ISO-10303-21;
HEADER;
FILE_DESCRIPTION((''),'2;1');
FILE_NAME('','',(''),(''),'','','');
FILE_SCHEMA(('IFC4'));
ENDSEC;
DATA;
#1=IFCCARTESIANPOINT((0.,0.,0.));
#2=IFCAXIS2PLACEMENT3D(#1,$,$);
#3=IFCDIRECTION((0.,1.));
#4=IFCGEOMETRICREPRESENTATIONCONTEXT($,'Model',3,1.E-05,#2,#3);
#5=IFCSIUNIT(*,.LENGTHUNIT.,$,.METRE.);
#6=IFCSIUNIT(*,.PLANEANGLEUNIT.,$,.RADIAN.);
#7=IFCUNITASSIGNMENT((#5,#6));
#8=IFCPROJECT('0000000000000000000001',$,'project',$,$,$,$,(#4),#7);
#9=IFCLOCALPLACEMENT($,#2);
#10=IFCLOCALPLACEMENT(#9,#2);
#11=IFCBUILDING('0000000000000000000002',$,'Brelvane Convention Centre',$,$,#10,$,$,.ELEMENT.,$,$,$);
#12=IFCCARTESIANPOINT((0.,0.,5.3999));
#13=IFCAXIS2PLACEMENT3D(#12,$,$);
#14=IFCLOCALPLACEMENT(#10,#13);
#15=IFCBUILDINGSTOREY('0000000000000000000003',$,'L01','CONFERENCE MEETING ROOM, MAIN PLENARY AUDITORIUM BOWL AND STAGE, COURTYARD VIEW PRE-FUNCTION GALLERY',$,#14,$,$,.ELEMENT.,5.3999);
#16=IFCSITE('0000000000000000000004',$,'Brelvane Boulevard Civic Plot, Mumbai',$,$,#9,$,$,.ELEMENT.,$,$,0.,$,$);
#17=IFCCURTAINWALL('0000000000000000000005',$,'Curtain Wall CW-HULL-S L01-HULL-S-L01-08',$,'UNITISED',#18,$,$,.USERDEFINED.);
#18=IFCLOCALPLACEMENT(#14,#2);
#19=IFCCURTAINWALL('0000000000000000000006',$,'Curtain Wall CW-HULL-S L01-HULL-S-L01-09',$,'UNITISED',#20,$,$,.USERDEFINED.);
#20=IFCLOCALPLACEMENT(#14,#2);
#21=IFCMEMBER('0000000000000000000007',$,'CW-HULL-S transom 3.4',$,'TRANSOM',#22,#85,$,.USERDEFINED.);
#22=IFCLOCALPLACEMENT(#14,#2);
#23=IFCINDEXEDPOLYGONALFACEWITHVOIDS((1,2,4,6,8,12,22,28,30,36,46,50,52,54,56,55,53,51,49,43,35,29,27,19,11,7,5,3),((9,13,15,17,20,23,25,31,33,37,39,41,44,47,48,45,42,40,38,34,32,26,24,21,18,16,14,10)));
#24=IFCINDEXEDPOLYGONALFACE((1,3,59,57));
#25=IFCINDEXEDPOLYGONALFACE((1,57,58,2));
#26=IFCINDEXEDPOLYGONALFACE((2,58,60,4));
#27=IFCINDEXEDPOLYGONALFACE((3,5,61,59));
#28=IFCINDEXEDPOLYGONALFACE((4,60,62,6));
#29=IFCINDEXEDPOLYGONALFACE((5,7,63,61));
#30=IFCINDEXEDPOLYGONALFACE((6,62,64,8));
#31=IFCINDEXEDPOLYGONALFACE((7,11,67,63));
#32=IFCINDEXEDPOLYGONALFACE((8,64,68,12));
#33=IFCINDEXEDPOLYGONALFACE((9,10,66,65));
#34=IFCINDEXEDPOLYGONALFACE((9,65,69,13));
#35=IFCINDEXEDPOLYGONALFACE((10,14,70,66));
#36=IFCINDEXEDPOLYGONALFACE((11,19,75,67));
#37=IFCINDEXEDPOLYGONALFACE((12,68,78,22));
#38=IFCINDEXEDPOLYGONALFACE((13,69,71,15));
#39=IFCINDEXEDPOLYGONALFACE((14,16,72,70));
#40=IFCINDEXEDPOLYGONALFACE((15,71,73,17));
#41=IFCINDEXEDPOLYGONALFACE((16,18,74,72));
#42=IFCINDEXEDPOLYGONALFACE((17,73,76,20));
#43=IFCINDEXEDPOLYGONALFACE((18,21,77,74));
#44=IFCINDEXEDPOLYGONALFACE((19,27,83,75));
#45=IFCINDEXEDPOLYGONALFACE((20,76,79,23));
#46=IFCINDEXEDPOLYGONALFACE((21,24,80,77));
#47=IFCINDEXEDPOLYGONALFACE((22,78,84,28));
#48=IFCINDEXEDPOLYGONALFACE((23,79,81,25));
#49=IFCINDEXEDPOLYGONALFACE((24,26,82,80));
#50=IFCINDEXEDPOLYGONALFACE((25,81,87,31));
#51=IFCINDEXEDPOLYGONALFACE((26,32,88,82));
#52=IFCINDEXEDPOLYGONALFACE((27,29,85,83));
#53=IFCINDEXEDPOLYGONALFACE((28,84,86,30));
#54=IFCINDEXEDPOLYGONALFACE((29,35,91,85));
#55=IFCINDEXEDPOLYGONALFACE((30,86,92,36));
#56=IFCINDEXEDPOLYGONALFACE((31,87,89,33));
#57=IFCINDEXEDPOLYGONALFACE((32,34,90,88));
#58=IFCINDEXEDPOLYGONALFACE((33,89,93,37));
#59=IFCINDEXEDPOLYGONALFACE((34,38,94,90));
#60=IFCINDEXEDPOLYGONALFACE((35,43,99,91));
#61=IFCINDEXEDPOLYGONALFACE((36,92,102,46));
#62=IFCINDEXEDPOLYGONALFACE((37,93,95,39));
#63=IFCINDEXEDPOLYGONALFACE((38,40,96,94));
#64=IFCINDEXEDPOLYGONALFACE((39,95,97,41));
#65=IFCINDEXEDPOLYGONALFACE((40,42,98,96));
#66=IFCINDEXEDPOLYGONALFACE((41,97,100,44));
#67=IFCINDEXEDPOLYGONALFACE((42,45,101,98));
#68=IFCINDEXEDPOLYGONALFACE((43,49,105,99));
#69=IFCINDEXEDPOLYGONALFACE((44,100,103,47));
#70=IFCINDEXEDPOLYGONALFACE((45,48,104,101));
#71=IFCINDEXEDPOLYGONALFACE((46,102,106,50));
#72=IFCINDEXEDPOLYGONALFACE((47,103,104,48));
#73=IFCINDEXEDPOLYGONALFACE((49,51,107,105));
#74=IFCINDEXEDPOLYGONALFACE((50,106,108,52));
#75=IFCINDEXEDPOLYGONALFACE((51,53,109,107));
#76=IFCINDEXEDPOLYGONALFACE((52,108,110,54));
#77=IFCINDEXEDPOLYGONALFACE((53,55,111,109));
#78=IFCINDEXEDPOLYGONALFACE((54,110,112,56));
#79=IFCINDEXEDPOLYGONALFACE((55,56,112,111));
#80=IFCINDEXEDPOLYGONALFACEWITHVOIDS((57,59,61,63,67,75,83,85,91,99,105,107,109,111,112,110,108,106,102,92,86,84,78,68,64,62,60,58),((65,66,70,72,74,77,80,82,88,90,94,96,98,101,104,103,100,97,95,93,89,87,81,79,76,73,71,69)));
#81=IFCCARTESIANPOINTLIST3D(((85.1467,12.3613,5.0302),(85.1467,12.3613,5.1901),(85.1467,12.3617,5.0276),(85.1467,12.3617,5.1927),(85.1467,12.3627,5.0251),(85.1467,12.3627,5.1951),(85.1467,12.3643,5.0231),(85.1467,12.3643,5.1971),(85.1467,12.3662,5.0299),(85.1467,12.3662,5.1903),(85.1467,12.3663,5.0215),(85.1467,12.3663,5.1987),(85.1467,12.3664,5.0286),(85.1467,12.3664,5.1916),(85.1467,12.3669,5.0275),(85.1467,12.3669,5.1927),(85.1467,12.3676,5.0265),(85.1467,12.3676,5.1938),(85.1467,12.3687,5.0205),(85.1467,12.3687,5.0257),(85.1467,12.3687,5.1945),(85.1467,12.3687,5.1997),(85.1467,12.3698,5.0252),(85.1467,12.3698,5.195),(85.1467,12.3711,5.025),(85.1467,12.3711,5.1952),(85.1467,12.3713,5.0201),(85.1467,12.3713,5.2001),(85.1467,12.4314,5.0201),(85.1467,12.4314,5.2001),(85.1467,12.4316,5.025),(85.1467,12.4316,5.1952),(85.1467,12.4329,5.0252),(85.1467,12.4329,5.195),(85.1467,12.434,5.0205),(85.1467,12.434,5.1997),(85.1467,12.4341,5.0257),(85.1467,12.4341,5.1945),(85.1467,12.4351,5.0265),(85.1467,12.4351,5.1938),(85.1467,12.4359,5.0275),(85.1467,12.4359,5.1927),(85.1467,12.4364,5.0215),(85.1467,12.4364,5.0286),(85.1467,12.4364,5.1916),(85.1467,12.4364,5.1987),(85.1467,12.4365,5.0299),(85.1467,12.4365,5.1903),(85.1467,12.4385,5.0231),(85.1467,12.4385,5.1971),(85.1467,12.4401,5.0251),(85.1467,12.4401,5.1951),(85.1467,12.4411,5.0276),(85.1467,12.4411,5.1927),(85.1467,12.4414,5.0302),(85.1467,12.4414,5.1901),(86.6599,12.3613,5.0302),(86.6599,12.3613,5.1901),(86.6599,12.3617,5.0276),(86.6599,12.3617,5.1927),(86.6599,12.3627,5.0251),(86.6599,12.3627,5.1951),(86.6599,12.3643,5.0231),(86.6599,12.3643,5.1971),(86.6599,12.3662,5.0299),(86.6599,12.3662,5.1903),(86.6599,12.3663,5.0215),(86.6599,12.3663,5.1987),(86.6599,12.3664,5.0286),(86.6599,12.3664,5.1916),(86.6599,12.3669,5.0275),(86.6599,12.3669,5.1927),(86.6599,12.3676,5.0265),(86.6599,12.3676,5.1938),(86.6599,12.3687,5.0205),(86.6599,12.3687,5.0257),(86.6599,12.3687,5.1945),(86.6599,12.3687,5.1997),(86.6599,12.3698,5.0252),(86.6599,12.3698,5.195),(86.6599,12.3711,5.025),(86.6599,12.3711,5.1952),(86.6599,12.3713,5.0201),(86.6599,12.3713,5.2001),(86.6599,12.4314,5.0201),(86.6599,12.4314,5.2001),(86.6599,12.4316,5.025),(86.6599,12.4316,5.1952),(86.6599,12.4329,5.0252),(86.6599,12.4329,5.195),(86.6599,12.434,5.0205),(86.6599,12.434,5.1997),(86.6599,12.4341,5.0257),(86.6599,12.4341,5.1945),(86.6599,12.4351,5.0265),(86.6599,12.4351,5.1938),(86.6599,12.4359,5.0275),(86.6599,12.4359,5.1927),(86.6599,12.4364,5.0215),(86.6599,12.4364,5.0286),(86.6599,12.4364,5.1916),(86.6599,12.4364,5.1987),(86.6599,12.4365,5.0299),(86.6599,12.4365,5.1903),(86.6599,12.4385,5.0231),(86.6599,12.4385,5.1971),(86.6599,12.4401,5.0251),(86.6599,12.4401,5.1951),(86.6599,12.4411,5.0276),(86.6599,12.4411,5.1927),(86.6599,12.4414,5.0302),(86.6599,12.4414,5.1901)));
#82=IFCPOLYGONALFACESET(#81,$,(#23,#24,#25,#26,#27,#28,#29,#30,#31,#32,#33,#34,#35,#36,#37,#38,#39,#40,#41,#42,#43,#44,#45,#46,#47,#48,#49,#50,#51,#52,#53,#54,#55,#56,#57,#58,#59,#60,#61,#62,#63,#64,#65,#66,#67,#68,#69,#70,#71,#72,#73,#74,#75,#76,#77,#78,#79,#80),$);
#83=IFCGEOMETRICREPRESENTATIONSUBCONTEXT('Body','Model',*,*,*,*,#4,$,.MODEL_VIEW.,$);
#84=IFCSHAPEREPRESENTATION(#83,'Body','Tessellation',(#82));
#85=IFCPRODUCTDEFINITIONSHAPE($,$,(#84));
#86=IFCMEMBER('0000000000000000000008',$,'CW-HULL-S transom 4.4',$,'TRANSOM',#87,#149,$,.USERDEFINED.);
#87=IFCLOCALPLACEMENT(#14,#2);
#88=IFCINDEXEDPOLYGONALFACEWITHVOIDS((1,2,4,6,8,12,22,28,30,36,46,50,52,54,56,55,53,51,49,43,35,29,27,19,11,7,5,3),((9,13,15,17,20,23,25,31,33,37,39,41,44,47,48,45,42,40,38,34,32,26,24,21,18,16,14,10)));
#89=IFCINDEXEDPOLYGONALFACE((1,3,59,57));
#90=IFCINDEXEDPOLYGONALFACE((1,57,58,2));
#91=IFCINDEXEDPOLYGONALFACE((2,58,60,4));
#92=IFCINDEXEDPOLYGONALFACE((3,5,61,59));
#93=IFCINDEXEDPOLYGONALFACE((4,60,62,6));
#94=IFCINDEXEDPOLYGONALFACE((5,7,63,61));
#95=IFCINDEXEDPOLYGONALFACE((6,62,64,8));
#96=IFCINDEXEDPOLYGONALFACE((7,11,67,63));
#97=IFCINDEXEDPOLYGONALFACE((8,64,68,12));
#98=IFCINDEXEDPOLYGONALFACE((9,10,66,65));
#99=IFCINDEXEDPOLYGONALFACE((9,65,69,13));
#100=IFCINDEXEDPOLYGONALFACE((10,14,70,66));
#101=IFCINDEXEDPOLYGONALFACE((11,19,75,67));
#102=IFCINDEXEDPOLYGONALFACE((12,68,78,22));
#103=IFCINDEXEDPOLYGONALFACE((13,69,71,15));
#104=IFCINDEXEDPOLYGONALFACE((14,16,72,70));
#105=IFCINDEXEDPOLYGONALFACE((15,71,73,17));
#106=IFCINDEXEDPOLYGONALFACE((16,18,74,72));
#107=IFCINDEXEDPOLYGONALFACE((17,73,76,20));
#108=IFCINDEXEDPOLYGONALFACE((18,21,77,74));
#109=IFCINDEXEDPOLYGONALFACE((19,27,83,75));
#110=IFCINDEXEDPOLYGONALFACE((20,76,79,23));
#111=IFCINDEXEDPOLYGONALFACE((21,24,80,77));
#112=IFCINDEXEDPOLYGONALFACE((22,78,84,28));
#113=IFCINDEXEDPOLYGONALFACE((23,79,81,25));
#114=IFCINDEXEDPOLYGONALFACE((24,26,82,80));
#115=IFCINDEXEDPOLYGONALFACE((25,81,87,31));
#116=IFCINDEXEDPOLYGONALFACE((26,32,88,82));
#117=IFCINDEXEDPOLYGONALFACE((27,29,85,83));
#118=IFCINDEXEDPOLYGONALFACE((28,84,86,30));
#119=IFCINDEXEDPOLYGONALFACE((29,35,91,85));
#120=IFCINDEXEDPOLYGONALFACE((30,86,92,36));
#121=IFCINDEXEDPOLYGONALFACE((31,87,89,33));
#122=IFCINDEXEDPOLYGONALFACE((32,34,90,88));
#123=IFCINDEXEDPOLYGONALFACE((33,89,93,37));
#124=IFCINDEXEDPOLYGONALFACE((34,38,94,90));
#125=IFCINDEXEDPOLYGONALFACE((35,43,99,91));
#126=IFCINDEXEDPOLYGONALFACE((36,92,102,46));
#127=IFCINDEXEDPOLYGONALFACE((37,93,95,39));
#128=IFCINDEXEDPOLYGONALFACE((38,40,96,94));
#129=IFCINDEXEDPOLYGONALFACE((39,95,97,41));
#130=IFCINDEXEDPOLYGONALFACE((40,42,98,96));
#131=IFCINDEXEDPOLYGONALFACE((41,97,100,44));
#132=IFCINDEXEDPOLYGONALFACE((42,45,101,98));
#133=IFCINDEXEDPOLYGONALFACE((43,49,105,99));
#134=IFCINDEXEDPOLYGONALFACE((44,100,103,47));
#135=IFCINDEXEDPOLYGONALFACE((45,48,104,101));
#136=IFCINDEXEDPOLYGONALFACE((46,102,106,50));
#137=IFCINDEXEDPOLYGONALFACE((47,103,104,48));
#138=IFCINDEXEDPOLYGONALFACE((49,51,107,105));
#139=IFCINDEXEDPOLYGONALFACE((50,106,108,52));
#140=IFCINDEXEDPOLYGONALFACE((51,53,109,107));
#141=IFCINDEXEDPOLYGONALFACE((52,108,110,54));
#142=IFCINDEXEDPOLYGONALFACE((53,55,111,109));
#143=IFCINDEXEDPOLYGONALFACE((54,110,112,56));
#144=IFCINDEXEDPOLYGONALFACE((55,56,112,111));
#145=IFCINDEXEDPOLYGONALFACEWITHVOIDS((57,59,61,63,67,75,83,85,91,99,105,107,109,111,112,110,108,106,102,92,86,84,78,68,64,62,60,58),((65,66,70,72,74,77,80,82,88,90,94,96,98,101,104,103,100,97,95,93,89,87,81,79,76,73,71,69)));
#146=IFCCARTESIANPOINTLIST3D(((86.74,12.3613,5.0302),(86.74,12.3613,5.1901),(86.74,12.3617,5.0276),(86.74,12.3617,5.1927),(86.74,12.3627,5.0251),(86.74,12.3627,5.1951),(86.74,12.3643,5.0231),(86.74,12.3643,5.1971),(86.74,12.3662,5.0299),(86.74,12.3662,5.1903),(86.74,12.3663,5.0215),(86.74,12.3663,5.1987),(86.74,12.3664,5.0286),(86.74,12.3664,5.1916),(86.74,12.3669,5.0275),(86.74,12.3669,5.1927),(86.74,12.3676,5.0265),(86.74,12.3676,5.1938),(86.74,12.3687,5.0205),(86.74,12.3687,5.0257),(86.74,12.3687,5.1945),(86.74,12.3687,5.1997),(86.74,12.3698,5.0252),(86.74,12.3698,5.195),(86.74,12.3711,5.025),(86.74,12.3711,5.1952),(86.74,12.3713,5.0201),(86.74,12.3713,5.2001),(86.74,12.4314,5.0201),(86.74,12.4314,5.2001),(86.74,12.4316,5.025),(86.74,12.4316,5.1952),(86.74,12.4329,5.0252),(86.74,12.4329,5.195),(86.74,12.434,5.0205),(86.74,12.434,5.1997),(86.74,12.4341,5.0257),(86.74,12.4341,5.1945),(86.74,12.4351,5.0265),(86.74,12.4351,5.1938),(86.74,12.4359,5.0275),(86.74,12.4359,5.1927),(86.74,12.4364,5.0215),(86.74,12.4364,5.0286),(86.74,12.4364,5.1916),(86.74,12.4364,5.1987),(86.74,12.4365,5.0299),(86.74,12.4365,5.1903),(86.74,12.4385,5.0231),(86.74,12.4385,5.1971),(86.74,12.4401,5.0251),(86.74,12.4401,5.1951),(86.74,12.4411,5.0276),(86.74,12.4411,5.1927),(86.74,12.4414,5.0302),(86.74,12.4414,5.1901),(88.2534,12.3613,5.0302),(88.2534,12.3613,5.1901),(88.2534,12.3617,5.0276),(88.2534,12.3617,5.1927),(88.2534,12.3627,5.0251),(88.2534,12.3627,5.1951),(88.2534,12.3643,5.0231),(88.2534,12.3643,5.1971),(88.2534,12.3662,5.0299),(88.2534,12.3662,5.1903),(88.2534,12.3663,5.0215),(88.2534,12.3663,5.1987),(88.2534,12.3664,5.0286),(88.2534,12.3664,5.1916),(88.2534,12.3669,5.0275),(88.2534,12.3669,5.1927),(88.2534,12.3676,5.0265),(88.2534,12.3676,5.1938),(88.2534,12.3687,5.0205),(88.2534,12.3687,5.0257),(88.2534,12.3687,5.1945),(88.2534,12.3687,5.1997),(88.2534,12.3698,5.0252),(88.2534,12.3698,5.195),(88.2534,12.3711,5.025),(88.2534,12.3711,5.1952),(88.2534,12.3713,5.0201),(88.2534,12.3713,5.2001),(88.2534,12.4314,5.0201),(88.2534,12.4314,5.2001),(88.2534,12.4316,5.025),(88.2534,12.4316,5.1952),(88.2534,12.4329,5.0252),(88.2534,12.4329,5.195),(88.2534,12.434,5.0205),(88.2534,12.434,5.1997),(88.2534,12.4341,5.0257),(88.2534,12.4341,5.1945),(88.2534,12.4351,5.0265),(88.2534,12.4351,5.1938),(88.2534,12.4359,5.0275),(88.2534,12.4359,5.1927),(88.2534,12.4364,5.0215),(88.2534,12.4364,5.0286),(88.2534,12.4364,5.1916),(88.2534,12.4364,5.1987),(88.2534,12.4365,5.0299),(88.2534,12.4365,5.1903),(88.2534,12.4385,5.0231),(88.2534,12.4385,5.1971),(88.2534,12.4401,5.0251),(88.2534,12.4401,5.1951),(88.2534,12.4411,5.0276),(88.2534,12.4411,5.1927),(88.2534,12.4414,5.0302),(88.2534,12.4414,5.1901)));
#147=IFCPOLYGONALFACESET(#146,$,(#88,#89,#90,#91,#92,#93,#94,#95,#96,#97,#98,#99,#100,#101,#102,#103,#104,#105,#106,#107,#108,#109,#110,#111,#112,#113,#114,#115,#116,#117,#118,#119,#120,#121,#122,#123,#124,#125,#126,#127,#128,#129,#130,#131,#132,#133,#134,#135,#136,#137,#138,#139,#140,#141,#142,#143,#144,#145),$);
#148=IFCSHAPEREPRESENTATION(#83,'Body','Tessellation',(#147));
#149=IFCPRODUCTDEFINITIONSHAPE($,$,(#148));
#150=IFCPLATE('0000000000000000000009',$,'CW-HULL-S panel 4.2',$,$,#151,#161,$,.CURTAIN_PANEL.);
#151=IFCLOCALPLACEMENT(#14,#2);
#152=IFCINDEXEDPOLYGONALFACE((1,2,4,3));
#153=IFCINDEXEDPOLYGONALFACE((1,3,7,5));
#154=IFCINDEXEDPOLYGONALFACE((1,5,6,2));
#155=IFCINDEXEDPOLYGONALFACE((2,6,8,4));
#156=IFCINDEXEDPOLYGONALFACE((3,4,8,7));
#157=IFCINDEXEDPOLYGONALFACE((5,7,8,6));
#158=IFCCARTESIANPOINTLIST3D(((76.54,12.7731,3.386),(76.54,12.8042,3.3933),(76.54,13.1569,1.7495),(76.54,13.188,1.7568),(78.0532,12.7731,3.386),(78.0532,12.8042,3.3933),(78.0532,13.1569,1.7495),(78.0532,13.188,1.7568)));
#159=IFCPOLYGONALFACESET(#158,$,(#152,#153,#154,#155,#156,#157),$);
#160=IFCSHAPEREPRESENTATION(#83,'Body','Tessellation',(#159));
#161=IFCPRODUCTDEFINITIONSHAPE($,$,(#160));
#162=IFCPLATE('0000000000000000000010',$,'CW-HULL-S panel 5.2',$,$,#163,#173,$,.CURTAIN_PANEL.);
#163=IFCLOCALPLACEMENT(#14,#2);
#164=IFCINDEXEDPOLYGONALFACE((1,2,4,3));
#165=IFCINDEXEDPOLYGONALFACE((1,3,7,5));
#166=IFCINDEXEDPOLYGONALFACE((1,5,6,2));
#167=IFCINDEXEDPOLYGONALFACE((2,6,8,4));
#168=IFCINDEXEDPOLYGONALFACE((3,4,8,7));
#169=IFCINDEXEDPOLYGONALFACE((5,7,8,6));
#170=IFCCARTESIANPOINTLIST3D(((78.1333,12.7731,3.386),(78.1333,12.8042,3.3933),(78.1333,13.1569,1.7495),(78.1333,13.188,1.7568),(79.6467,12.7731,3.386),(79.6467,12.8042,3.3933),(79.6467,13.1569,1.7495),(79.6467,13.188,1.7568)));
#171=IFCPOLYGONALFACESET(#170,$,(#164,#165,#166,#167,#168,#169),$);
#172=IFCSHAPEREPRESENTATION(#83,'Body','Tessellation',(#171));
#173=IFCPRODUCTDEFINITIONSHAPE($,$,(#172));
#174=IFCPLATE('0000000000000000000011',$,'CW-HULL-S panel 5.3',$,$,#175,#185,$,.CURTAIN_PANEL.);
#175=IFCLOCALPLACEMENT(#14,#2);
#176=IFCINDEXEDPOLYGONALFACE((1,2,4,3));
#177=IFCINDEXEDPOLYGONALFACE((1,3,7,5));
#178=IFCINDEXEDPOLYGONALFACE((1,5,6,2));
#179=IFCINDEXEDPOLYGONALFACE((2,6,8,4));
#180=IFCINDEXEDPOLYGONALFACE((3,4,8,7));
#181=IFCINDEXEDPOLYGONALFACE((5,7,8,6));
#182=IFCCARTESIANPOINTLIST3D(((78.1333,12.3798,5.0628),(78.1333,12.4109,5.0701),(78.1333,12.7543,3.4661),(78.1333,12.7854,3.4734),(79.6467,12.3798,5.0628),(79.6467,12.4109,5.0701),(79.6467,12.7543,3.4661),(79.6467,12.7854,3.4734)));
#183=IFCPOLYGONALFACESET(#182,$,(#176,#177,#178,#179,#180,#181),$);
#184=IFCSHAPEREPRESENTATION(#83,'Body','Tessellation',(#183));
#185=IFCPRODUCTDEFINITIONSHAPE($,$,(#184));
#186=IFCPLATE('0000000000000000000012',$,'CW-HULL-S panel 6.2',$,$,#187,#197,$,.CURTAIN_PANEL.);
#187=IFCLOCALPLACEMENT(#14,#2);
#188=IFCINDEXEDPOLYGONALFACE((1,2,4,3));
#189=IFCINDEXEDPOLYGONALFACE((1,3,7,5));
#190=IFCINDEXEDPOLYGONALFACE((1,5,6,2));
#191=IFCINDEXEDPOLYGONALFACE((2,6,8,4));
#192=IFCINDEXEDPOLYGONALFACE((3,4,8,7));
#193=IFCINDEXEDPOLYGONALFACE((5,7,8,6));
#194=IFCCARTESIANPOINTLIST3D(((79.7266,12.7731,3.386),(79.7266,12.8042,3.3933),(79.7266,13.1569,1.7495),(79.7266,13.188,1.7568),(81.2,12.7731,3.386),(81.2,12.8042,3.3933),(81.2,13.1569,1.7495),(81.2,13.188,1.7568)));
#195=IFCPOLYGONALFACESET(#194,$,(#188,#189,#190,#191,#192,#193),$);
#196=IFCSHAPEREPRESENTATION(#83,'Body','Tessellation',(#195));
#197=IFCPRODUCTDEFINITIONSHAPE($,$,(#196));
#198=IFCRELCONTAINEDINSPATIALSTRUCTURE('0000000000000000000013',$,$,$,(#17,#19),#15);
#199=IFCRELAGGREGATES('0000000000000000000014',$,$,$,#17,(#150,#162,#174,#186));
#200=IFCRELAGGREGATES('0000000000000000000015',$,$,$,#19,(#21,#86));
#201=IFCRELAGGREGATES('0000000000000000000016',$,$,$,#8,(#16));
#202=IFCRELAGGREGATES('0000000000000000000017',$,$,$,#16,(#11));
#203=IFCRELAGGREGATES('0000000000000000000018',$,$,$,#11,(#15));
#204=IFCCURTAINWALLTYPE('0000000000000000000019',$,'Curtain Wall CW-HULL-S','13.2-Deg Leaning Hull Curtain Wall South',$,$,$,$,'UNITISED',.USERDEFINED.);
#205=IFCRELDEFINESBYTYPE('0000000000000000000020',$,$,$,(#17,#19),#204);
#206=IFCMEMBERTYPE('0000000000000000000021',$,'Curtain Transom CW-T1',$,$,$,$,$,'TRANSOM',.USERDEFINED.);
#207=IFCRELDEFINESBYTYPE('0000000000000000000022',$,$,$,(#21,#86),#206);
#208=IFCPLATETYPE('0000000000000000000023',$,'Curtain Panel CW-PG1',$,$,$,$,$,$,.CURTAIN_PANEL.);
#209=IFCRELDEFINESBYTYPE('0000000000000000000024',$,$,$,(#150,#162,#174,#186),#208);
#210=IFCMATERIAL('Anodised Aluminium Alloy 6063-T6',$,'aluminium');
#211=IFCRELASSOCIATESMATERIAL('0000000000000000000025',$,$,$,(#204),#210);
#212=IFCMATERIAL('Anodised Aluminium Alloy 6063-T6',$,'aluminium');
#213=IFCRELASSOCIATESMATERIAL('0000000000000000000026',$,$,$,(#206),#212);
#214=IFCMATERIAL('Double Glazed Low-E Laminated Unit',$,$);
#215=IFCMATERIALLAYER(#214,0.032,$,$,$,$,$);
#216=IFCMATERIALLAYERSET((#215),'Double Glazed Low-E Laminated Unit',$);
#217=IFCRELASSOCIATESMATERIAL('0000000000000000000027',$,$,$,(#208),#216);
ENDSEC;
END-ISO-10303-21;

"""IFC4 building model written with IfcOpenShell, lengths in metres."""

from ifc_helpers import new_model, si_unit, direction, frame, origin, origin_2d, place, context, subcontext, project, spatial, polyline, hollow_rectangle, outline, extrude, material, layer, layer_set, material_profile, profile_set, type_object, element, aggregate, save


model = new_model("IFC4")

# Units and contexts
model_context = context("Model", 3, precision=1e-05, world=origin(), true_north=direction((0.0, 1.0)))
body_context = subcontext(model_context, "Body", "Model", "MODEL_VIEW")
ifc_project = project(units=[si_unit("LENGTHUNIT", "METRE"), si_unit("PLANEANGLEUNIT", "RADIAN")], contexts=[model_context])

# Site, building, storey
site_placement = place(None, origin())
site = spatial("IfcSite", under=ifc_project, at=site_placement, Name="Brelvane Boulevard Civic Plot, Mumbai", CompositionType="ELEMENT", RefElevation=0.0)
building_placement = place(site_placement, origin())
building = spatial("IfcBuilding", under=site, at=building_placement, Name="Brelvane Convention Centre", CompositionType="ELEMENT")
storey_placement = place(building_placement, frame((0.0, 0.0, 5.3999)))
storey = spatial("IfcBuildingStorey", under=building, at=storey_placement, Name="L01", Description="CONFERENCE MEETING ROOM, MAIN PLENARY AUDITORIUM BOWL AND STAGE, COURTYARD VIEW PRE-FUNCTION GALLERY", CompositionType="ELEMENT", Elevation=5.3999)

# Curtain walls, members
ifc_material_1 = material(Name="Anodised Aluminium Alloy 6063-T6", Category="aluminium")
curtain_wall_type = type_object("IfcCurtainWallType", Name="Curtain Wall CW-HULL-S", Description="13.2-Deg Leaning Hull Curtain Wall South", ElementType="UNITISED", PredefinedType="USERDEFINED", material=ifc_material_1)
curtain_wall_1_placement = place(storey_placement, origin())
curtain_wall_1 = element("IfcCurtainWall", 1, at=curtain_wall_1_placement, inside=storey, type_object=curtain_wall_type, Name="Curtain Wall CW-HULL-S L01-HULL-S-L01-08", ObjectType="UNITISED", PredefinedType="USERDEFINED")
ifc_material_2 = material(Name="Anodised Aluminium Alloy 6063-T6", Category="aluminium")
ifc_material_profile = material_profile(ifc_material_2, hollow_rectangle(XDim=0.0801, YDim=0.1799, WallThickness=0.0049, InnerFilletRadius=0.0049, OuterFilletRadius=0.01, at=origin_2d()), Name="ALU-T 180x80x5.0")
ifc_profile_set = profile_set([ifc_material_profile], Name="Anodised Aluminium Alloy 6063-T6")
member_type = type_object("IfcMemberType", Name="Curtain Transom CW-T1", ElementType="TRANSOM", PredefinedType="USERDEFINED", material=ifc_profile_set)
curtain_wall_2_placement = place(storey_placement, origin())
curtain_wall_2 = element("IfcCurtainWall", 2, at=curtain_wall_2_placement, inside=storey, type_object=curtain_wall_type, Name="Curtain Wall CW-HULL-S L01-HULL-S-L01-09", ObjectType="UNITISED", PredefinedType="USERDEFINED")
member_1_placement = place(storey_placement, frame((85.1467, 12.4014, 5.1101), z_axis=(1.0, 0.0, 0.0), x_axis=(0.0, 1.0, 0.0)))
member_1 = element("IfcMember", 3, at=member_1_placement, type_object=member_type, Name="CW-HULL-S transom 3.4", ObjectType="TRANSOM", PredefinedType="USERDEFINED", context=body_context, shape_type="SweptSolid", body=[
    extrude(hollow_rectangle(XDim=0.0801, YDim=0.1799, WallThickness=0.0049, InnerFilletRadius=0.0049, OuterFilletRadius=0.01, at=origin_2d()), origin(), (0.0, 0.0, 1.0), 1.5132),
])
member_2_placement = place(storey_placement, frame((86.74, 12.4014, 5.1101), z_axis=(1.0, 0.0, 0.0), x_axis=(0.0, 1.0, 0.0)))
member_2 = element("IfcMember", 4, at=member_2_placement, type_object=member_type, Name="CW-HULL-S transom 4.4", ObjectType="TRANSOM", PredefinedType="USERDEFINED", context=body_context, shape_type="SweptSolid", body=[
    extrude(hollow_rectangle(XDim=0.0801, YDim=0.1799, WallThickness=0.0049, InnerFilletRadius=0.0049, OuterFilletRadius=0.01, at=origin_2d()), origin(), (0.0, 0.0, 1.0), 1.5134),
])

# Plates
ifc_material_3 = material(Name="Double Glazed Low-E Laminated Unit")
ifc_layer_1 = layer(ifc_material_3, 0.032)
ifc_layer_set_1 = layer_set([ifc_layer_1], Name="Double Glazed Low-E Laminated Unit")
plate_type_1 = type_object("IfcPlateType", Name="Curtain Panel CW-PG1", PredefinedType="CURTAIN_PANEL", material=ifc_layer_set_1)
plate_1_placement = place(storey_placement, frame((76.54, 13.188, 1.7568), z_axis=(0.0, 0.973585, 0.228327), x_axis=(1.0, 0.0, 0.0)))
plate_1 = element("IfcPlate", 5, at=plate_1_placement, type_object=plate_type_1, Name="CW-HULL-S panel 4.2", PredefinedType="CURTAIN_PANEL", context=body_context, shape_type="SweptSolid", body=[
    extrude(outline(polyline([(0.0, 0.0), (1.5132, 0.0), (1.5132, -1.6809), (0.0, -1.6809), (0.0, 0.0)])), origin(), (0.0, 0.0, -1.0), 0.032),
])
plate_2_placement = place(storey_placement, frame((78.1333, 13.188, 1.7568), z_axis=(0.0, 0.973585, 0.228327), x_axis=(1.0, 0.0, 0.0)))
plate_2 = element("IfcPlate", 6, at=plate_2_placement, type_object=plate_type_1, Name="CW-HULL-S panel 5.2", PredefinedType="CURTAIN_PANEL", context=body_context, shape_type="SweptSolid", body=[
    extrude(outline(polyline([(0.0, 0.0), (1.5134, 0.0), (1.5134, -1.6809), (0.0, -1.6809), (0.0, 0.0)])), origin(), (0.0, 0.0, -1.0), 0.032),
])
plate_3_placement = place(storey_placement, frame((78.1333, 12.7854, 3.4734), z_axis=(0.0, 0.973577, 0.228359), x_axis=(1.0, 0.0, 0.0)))
plate_3 = element("IfcPlate", 7, at=plate_3_placement, type_object=plate_type_1, Name="CW-HULL-S panel 5.3", PredefinedType="CURTAIN_PANEL", context=body_context, shape_type="SweptSolid", body=[
    extrude(outline(polyline([(0.0, 0.0), (1.5134, 0.0), (1.5134, -1.64), (0.0, -1.64), (0.0, 0.0)])), origin(), (0.0, 0.0, -1.0), 0.032),
])
plate_4_placement = place(storey_placement, frame((79.7266, 13.188, 1.7568), z_axis=(0.0, 0.973585, 0.228327), x_axis=(1.0, 0.0, 0.0)))
plate_4 = element("IfcPlate", 8, at=plate_4_placement, type_object=plate_type_1, Name="CW-HULL-S panel 6.2", PredefinedType="CURTAIN_PANEL", context=body_context, shape_type="SweptSolid", body=[
    extrude(outline(polyline([(0.0, 0.0), (1.4734, 0.0), (1.4734, -1.6809), (0.0, -1.6809), (0.0, 0.0)])), origin(), (0.0, 0.0, -1.0), 0.032),
])
aggregate(curtain_wall_1, [plate_1, plate_2, plate_3, plate_4])
aggregate(curtain_wall_2, [member_1, member_2])

save(model, "model.ifc")
